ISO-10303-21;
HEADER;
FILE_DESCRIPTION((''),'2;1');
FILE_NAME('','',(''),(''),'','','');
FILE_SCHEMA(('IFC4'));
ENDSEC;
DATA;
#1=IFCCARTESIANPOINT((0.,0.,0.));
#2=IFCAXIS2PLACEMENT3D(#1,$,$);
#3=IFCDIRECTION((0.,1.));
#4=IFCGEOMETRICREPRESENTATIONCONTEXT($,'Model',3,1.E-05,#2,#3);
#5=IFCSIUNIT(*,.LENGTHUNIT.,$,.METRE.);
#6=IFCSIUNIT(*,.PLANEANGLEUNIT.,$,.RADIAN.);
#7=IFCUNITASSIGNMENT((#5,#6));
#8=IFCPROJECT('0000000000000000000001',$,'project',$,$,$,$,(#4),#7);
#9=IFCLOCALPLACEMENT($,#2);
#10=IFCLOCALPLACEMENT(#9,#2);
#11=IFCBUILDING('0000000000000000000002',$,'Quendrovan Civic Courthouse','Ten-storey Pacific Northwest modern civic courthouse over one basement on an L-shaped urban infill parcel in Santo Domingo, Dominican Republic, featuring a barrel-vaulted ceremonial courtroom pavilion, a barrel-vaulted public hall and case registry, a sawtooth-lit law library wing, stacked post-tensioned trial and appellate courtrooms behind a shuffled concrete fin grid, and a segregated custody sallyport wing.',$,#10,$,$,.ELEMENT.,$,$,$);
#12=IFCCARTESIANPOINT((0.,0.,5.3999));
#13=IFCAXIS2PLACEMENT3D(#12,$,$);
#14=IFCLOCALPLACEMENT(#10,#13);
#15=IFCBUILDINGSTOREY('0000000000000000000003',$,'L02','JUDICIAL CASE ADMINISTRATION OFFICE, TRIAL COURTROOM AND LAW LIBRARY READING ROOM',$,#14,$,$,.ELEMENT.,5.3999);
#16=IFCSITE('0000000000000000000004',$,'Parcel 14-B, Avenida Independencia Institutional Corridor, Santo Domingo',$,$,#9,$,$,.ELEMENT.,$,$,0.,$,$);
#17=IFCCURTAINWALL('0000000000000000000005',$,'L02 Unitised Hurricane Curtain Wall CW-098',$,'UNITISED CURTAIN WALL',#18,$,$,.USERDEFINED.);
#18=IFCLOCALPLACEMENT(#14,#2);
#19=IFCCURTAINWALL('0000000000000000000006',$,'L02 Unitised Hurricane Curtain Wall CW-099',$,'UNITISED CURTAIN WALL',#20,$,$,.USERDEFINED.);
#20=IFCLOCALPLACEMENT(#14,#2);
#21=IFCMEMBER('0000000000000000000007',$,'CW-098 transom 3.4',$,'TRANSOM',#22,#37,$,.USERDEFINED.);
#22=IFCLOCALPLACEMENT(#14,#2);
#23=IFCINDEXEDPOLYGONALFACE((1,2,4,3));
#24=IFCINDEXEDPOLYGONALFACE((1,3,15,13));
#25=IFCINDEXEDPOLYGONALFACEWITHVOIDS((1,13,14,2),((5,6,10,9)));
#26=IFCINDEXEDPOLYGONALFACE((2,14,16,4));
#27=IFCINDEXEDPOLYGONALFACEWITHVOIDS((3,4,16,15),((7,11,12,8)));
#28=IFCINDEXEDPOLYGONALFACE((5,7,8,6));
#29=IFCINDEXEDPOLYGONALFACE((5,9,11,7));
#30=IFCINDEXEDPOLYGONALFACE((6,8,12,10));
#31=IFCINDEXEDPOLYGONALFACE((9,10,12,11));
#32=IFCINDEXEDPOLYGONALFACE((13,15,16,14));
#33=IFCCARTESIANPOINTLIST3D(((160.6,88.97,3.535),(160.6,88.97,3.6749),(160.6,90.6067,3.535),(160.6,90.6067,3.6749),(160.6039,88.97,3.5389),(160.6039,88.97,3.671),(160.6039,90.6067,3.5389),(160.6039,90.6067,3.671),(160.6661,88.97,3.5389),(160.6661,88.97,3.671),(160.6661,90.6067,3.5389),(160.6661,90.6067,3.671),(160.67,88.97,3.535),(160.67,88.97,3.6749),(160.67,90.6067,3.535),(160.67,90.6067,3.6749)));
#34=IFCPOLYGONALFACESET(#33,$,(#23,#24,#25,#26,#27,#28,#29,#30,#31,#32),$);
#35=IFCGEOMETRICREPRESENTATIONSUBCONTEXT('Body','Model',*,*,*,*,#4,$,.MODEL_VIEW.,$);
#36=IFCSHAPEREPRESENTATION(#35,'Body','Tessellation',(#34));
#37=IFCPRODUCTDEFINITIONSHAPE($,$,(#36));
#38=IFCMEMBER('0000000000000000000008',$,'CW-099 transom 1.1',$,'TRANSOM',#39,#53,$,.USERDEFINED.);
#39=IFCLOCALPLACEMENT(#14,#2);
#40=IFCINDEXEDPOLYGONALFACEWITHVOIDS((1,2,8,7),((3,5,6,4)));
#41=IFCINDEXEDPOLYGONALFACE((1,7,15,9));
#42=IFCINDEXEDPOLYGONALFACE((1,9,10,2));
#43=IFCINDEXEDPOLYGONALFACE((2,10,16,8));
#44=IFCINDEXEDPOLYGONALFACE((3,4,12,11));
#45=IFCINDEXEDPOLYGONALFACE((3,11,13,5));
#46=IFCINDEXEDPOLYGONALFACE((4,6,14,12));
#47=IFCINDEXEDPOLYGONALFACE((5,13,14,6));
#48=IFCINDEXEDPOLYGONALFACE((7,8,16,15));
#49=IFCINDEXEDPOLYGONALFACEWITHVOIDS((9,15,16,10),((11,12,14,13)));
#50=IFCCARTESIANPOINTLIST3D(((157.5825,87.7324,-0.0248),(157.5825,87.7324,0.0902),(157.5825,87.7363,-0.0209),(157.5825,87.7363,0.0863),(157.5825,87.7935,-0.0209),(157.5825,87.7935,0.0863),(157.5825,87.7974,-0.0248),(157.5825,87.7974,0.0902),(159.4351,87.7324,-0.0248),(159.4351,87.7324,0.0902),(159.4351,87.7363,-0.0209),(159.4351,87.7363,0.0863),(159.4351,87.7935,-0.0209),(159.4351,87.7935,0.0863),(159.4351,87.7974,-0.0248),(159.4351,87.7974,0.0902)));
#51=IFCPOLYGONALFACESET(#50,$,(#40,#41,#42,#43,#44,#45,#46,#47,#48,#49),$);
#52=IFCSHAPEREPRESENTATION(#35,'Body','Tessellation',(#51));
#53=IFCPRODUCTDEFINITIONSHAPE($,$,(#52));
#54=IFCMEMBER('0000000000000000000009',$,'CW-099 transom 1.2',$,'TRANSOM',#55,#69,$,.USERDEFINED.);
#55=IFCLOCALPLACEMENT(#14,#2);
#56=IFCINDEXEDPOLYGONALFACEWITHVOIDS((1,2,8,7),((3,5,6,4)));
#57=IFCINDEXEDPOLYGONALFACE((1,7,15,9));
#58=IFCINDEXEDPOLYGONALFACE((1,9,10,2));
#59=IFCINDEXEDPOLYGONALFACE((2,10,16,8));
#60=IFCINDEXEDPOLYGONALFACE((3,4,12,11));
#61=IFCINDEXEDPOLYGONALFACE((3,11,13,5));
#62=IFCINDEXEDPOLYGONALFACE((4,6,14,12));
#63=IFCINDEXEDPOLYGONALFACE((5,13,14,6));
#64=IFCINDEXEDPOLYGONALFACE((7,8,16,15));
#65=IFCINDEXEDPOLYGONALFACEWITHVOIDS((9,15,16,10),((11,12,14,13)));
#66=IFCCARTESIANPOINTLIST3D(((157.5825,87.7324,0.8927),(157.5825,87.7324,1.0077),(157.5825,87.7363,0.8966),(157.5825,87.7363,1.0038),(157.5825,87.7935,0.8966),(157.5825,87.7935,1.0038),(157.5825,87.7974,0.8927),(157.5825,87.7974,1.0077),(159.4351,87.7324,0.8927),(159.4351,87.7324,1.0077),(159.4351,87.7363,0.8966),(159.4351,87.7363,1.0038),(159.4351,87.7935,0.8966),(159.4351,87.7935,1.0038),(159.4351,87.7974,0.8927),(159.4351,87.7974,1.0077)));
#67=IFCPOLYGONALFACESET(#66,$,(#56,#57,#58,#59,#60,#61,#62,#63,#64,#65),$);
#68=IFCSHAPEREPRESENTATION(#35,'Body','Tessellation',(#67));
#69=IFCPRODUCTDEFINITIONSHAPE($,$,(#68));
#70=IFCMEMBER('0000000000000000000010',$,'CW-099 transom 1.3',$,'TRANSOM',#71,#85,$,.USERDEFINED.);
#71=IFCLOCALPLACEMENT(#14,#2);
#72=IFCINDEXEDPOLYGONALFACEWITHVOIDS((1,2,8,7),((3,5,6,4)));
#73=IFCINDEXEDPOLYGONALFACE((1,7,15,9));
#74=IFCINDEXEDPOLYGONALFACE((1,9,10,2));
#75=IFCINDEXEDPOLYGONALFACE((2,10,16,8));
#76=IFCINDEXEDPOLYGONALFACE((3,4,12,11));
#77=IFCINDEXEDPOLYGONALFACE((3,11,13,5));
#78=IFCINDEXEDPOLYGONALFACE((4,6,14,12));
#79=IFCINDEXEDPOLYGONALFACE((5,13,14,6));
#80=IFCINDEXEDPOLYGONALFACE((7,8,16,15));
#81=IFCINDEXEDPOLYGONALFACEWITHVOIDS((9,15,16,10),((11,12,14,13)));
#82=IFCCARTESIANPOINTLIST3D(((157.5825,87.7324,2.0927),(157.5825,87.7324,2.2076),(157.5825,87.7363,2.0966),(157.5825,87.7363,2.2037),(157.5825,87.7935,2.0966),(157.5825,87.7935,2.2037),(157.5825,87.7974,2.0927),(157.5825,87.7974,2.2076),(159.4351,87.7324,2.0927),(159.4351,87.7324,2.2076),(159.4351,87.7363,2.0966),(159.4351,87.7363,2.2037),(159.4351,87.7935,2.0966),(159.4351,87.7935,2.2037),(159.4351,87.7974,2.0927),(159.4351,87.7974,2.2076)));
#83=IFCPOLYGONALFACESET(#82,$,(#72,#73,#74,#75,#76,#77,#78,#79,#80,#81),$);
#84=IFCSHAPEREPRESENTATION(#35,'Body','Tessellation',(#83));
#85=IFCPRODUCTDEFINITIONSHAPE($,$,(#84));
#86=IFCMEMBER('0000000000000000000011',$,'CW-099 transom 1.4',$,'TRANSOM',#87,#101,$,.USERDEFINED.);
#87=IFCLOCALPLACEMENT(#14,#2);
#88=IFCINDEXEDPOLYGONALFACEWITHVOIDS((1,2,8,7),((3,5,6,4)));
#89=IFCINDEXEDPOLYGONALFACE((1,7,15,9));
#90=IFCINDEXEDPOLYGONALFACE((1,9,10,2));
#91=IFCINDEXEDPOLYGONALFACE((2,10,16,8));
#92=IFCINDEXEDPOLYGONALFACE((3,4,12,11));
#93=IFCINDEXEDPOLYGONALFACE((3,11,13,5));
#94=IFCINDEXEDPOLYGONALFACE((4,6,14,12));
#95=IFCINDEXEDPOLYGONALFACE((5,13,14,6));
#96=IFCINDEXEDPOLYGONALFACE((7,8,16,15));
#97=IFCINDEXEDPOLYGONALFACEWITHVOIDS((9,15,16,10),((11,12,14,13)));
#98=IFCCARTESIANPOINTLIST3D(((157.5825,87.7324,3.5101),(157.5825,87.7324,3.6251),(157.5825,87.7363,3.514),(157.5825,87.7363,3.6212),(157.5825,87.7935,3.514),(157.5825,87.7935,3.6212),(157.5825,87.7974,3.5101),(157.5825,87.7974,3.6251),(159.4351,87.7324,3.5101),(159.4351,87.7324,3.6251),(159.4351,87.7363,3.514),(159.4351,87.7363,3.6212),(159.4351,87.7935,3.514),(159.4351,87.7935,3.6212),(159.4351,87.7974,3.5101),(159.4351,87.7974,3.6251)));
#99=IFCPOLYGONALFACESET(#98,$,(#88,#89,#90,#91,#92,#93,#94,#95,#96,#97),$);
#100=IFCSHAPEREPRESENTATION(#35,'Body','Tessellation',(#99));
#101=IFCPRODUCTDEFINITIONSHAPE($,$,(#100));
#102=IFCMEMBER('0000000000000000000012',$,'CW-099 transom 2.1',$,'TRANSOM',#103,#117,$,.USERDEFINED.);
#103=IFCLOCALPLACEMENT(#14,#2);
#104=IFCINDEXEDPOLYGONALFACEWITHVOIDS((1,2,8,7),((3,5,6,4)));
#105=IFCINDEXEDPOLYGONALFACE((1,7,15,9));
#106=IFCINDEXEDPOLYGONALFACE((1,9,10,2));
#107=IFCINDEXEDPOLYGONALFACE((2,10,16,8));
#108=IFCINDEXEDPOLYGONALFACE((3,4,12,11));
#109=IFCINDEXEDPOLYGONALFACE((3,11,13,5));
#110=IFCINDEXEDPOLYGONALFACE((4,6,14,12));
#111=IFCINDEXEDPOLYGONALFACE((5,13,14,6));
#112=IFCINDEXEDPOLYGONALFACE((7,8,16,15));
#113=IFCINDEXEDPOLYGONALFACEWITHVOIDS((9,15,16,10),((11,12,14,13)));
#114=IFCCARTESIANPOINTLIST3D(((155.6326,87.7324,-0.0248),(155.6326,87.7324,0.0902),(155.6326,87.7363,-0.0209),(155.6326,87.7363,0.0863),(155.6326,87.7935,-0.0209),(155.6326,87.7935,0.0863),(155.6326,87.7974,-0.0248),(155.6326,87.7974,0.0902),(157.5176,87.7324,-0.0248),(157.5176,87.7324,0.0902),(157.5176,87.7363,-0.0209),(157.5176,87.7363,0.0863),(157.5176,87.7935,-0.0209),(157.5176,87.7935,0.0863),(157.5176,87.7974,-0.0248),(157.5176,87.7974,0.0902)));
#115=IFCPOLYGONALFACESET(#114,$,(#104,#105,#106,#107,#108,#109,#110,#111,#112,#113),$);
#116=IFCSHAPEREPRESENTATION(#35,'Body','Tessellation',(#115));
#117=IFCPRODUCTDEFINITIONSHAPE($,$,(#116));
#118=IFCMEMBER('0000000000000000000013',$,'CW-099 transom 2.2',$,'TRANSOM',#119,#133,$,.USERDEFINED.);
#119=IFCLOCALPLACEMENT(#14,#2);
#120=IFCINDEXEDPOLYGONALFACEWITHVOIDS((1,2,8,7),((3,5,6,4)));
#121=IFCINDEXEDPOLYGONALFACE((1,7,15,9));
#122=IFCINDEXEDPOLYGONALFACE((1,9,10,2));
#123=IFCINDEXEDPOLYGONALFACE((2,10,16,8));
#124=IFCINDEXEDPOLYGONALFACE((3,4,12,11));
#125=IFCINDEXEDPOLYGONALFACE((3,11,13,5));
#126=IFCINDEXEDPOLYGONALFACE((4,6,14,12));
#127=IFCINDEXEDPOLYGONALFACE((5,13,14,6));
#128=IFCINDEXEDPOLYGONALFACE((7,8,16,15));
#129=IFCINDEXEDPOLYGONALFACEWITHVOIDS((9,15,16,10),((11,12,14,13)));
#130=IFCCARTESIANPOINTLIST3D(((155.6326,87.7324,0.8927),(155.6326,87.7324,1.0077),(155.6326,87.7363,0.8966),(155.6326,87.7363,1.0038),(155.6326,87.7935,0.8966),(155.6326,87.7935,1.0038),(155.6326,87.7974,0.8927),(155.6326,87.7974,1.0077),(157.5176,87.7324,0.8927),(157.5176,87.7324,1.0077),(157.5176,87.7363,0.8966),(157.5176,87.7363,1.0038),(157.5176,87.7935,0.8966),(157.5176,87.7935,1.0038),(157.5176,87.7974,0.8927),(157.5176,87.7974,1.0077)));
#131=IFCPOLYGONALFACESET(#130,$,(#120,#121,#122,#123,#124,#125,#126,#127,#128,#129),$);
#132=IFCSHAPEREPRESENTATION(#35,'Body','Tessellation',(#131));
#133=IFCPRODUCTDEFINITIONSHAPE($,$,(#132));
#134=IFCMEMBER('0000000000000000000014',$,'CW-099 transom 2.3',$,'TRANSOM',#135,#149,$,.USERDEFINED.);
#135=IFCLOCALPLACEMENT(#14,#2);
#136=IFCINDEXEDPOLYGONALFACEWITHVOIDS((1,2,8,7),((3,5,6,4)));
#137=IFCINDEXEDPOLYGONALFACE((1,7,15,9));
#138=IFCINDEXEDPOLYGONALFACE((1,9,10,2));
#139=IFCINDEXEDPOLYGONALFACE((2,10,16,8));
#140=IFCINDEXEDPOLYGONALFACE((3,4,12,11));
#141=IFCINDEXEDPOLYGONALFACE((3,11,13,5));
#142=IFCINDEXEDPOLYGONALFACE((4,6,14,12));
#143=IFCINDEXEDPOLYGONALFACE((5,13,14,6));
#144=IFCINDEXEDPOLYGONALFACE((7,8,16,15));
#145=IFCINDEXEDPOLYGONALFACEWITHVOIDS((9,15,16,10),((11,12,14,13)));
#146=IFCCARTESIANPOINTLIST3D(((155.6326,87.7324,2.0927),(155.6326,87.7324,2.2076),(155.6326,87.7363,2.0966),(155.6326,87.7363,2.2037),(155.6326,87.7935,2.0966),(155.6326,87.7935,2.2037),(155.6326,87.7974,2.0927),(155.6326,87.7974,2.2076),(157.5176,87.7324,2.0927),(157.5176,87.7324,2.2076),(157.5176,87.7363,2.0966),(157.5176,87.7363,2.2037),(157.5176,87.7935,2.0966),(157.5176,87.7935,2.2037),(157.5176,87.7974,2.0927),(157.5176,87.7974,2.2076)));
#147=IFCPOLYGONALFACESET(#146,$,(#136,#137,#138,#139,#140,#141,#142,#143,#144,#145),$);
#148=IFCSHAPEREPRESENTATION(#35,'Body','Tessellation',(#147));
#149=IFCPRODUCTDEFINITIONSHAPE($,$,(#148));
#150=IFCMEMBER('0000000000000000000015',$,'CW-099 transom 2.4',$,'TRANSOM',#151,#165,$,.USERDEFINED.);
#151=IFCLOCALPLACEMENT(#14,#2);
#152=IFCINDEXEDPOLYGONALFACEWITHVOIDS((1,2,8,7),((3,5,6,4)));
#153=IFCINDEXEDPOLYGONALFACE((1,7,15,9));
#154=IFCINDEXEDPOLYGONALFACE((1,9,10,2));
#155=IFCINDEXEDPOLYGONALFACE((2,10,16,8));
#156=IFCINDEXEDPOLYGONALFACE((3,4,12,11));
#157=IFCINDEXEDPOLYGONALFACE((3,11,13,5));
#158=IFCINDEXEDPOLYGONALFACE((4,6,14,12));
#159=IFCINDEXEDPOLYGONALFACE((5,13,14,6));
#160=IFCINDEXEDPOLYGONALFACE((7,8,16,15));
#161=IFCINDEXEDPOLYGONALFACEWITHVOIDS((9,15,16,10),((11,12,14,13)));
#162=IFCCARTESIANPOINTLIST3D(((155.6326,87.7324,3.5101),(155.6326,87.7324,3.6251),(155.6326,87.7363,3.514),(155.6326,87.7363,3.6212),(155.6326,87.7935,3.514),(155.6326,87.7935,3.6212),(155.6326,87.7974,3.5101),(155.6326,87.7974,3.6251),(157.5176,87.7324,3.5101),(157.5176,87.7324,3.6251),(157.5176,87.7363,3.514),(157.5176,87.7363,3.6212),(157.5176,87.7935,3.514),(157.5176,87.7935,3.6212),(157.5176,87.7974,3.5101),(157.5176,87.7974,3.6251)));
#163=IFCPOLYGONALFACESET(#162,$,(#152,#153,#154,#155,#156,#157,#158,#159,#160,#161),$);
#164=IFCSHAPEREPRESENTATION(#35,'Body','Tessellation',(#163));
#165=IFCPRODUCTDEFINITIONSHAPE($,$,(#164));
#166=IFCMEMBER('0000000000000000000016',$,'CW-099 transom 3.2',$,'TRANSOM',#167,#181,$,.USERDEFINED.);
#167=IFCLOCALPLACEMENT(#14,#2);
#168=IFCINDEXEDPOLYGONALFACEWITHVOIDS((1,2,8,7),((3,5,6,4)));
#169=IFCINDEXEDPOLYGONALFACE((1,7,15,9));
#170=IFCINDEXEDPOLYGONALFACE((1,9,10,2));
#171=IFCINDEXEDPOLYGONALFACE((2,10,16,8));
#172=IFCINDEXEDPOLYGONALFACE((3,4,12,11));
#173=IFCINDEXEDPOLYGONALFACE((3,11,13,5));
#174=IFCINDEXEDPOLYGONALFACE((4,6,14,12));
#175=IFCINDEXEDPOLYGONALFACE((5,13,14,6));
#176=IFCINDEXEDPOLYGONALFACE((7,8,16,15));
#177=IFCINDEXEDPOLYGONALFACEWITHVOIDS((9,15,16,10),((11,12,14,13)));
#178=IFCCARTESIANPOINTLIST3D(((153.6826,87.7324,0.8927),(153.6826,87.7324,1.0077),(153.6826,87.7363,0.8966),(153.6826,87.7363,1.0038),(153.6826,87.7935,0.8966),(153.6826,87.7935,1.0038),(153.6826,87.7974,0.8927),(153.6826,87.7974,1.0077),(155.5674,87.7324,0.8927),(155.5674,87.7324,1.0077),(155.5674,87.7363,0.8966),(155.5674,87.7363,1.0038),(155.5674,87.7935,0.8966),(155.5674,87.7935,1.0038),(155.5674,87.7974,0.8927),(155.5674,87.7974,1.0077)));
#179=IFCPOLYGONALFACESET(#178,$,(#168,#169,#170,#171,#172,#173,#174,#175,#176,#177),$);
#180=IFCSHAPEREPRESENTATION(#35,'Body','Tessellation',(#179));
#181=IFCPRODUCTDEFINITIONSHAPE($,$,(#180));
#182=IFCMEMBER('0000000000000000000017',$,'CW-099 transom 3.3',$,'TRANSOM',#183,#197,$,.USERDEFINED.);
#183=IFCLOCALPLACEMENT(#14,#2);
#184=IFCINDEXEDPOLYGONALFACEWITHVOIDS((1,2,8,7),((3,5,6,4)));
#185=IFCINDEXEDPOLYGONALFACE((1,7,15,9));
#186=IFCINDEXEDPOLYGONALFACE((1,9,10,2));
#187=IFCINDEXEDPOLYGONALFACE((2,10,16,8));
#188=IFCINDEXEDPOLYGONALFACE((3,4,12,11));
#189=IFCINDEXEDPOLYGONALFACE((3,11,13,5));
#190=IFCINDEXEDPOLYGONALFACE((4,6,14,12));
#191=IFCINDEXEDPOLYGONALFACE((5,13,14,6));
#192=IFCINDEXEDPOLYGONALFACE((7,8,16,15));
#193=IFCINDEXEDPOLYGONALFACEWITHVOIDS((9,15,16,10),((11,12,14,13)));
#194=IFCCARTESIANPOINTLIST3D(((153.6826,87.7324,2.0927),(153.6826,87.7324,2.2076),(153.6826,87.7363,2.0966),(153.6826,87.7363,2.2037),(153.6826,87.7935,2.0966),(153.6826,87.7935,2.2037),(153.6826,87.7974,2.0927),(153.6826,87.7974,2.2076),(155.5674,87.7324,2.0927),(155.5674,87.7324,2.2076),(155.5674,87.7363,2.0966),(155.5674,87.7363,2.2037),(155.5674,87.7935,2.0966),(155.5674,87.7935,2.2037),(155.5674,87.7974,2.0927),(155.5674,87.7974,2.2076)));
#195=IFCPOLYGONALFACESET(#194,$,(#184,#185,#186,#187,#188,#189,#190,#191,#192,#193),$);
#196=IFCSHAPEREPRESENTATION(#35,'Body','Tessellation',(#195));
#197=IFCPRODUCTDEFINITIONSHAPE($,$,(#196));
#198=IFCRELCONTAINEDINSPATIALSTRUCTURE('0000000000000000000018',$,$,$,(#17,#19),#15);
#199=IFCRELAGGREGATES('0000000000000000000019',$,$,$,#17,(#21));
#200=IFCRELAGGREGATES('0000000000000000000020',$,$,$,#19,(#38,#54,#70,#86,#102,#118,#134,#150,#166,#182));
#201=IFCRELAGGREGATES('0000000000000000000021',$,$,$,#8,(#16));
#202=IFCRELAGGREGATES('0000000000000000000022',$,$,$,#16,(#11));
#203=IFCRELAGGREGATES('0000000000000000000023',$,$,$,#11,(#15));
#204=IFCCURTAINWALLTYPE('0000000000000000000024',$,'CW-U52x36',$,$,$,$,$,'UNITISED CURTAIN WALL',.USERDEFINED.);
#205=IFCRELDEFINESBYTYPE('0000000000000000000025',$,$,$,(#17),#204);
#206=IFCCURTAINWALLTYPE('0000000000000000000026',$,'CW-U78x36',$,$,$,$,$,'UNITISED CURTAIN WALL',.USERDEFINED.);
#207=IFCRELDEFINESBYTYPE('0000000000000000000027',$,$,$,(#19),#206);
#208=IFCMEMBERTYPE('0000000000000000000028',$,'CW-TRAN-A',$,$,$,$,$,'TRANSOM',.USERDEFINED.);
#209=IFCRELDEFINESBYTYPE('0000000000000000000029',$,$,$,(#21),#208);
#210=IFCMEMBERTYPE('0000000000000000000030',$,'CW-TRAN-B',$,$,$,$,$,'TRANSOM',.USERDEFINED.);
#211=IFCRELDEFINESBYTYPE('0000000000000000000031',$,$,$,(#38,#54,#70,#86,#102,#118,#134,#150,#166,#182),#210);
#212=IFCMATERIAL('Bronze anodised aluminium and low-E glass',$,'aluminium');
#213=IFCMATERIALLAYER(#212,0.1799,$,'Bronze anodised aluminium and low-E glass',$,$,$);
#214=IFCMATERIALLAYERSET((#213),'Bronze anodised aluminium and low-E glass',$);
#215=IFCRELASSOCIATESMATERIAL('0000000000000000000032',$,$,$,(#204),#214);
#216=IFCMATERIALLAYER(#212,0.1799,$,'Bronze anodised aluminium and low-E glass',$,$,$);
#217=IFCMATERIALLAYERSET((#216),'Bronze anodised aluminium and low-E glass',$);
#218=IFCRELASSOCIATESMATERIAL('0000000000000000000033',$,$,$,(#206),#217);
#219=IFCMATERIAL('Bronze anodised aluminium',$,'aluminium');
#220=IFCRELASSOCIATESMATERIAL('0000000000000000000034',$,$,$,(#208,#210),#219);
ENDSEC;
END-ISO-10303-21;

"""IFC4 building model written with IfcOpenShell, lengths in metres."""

from ifc_helpers import new_model, si_unit, direction, frame, origin, origin_2d, place, context, subcontext, project, spatial, hollow_rectangle, extrude, material, layer, layer_set, material_profile, profile_set, type_object, element, aggregate, save


model = new_model("IFC4")

# Units and contexts
model_context = context("Model", 3, precision=1e-05, world=origin(), true_north=direction((0.0, 1.0)))
body_context = subcontext(model_context, "Body", "Model", "MODEL_VIEW")
ifc_project = project(units=[si_unit("LENGTHUNIT", "METRE"), si_unit("PLANEANGLEUNIT", "RADIAN")], contexts=[model_context])

# Site, building, storey
site_placement = place(None, origin())
site = spatial("IfcSite", under=ifc_project, at=site_placement, Name="Parcel 14-B, Avenida Independencia Institutional Corridor, Santo Domingo", CompositionType="ELEMENT", RefElevation=0.0)
building_placement = place(site_placement, origin())
building = spatial("IfcBuilding", under=site, at=building_placement, Name="Quendrovan Civic Courthouse", Description="Ten-storey Pacific Northwest modern civic courthouse over one basement on an L-shaped urban infill parcel in Santo Domingo, Dominican Republic, featuring a barrel-vaulted ceremonial courtroom pavilion, a barrel-vaulted public hall and case registry, a sawtooth-lit law library wing, stacked post-tensioned trial and appellate courtrooms behind a shuffled concrete fin grid, and a segregated custody sallyport wing.", CompositionType="ELEMENT")
storey_placement = place(building_placement, frame((0.0, 0.0, 5.3999)))
storey = spatial("IfcBuildingStorey", under=building, at=storey_placement, Name="L02", Description="JUDICIAL CASE ADMINISTRATION OFFICE, TRIAL COURTROOM AND LAW LIBRARY READING ROOM", CompositionType="ELEMENT", Elevation=5.3999)

# Curtain walls
ifc_material_1 = material(Name="Bronze anodised aluminium and low-E glass", Category="aluminium")
ifc_layer_1 = layer(ifc_material_1, 0.1799, Name="Bronze anodised aluminium and low-E glass")
ifc_layer_set_1 = layer_set([ifc_layer_1], Name="Bronze anodised aluminium and low-E glass")
curtain_wall_type_1 = type_object("IfcCurtainWallType", Name="CW-U52x36", ElementType="UNITISED CURTAIN WALL", PredefinedType="USERDEFINED", material=ifc_layer_set_1)
curtain_wall_1_placement = place(storey_placement, origin())
curtain_wall_1 = element("IfcCurtainWall", 1, at=curtain_wall_1_placement, inside=storey, type_object=curtain_wall_type_1, Name="L02 Unitised Hurricane Curtain Wall CW-098", ObjectType="UNITISED CURTAIN WALL", PredefinedType="USERDEFINED")
ifc_material_2 = material(Name="Bronze anodised aluminium", Category="aluminium")
ifc_layer_2 = layer(ifc_material_1, 0.1799, Name="Bronze anodised aluminium and low-E glass")
ifc_layer_set_2 = layer_set([ifc_layer_2], Name="Bronze anodised aluminium and low-E glass")
curtain_wall_type_2 = type_object("IfcCurtainWallType", Name="CW-U78x36", ElementType="UNITISED CURTAIN WALL", PredefinedType="USERDEFINED", material=ifc_layer_set_2)
curtain_wall_2_placement = place(storey_placement, origin())
curtain_wall_2 = element("IfcCurtainWall", 2, at=curtain_wall_2_placement, inside=storey, type_object=curtain_wall_type_2, Name="L02 Unitised Hurricane Curtain Wall CW-099", ObjectType="UNITISED CURTAIN WALL", PredefinedType="USERDEFINED")

# Members
ifc_material_profile_1 = material_profile(ifc_material_2, hollow_rectangle(XDim=0.0701, YDim=0.1399, WallThickness=0.0039, at=origin_2d()), Name="CW-TRAN-70x140")
ifc_profile_set_1 = profile_set([ifc_material_profile_1], Name="Bronze anodised aluminium")
member_type_1 = type_object("IfcMemberType", Name="CW-TRAN-A", ElementType="TRANSOM", PredefinedType="USERDEFINED", material=ifc_profile_set_1)
member_1_placement = place(storey_placement, frame((160.635, 90.6067, 3.605), z_axis=(0.0, -1.0, 0.0), x_axis=(1.0, 0.0, 0.0)))
member_1 = element("IfcMember", 3, at=member_1_placement, type_object=member_type_1, Name="CW-098 transom 3.4", ObjectType="TRANSOM", PredefinedType="USERDEFINED", context=body_context, shape_type="SweptSolid", body=[
    extrude(hollow_rectangle(XDim=0.0701, YDim=0.1399, WallThickness=0.0039, at=origin_2d()), origin(), (0.0, 0.0, 1.0), 1.6367),
])
ifc_material_profile_2 = material_profile(ifc_material_2, hollow_rectangle(XDim=0.0649, YDim=0.115, WallThickness=0.0039, at=origin_2d()), Name="CW-TRAN-65x115")
ifc_profile_set_2 = profile_set([ifc_material_profile_2], Name="Bronze anodised aluminium")
member_type_2 = type_object("IfcMemberType", Name="CW-TRAN-B", ElementType="TRANSOM", PredefinedType="USERDEFINED", material=ifc_profile_set_2)
member_2_placement = place(storey_placement, frame((159.4351, 87.7649, 0.0327), z_axis=(-1.0, 0.0, 0.0), x_axis=(0.0, -1.0, 0.0)))
member_2 = element("IfcMember", 4, at=member_2_placement, type_object=member_type_2, Name="CW-099 transom 1.1", ObjectType="TRANSOM", PredefinedType="USERDEFINED", context=body_context, shape_type="SweptSolid", body=[
    extrude(hollow_rectangle(XDim=0.0649, YDim=0.115, WallThickness=0.0039, at=origin_2d()), origin(), (0.0, 0.0, 1.0), 1.8525),
])
member_3_placement = place(storey_placement, frame((159.4351, 87.7649, 0.9502), z_axis=(-1.0, 0.0, 0.0), x_axis=(0.0, -1.0, 0.0)))
member_3 = element("IfcMember", 5, at=member_3_placement, type_object=member_type_2, Name="CW-099 transom 1.2", ObjectType="TRANSOM", PredefinedType="USERDEFINED", context=body_context, shape_type="SweptSolid", body=[
    extrude(hollow_rectangle(XDim=0.0649, YDim=0.115, WallThickness=0.0039, at=origin_2d()), origin(), (0.0, 0.0, 1.0), 1.8525),
])
member_4_placement = place(storey_placement, frame((159.4351, 87.7649, 2.1501), z_axis=(-1.0, 0.0, 0.0), x_axis=(0.0, -1.0, 0.0)))
member_4 = element("IfcMember", 6, at=member_4_placement, type_object=member_type_2, Name="CW-099 transom 1.3", ObjectType="TRANSOM", PredefinedType="USERDEFINED", context=body_context, shape_type="SweptSolid", body=[
    extrude(hollow_rectangle(XDim=0.0649, YDim=0.115, WallThickness=0.0039, at=origin_2d()), origin(), (0.0, 0.0, 1.0), 1.8525),
])
member_5_placement = place(storey_placement, frame((159.4351, 87.7649, 3.5676), z_axis=(-1.0, 0.0, 0.0), x_axis=(0.0, -1.0, 0.0)))
member_5 = element("IfcMember", 7, at=member_5_placement, type_object=member_type_2, Name="CW-099 transom 1.4", ObjectType="TRANSOM", PredefinedType="USERDEFINED", context=body_context, shape_type="SweptSolid", body=[
    extrude(hollow_rectangle(XDim=0.0649, YDim=0.115, WallThickness=0.0039, at=origin_2d()), origin(), (0.0, 0.0, 1.0), 1.8525),
])
member_6_placement = place(storey_placement, frame((157.5176, 87.7649, 0.0327), z_axis=(-1.0, 0.0, 0.0), x_axis=(0.0, -1.0, 0.0)))
member_6 = element("IfcMember", 8, at=member_6_placement, type_object=member_type_2, Name="CW-099 transom 2.1", ObjectType="TRANSOM", PredefinedType="USERDEFINED", context=body_context, shape_type="SweptSolid", body=[
    extrude(hollow_rectangle(XDim=0.0649, YDim=0.115, WallThickness=0.0039, at=origin_2d()), origin(), (0.0, 0.0, 1.0), 1.885),
])
member_7_placement = place(storey_placement, frame((157.5176, 87.7649, 0.9502), z_axis=(-1.0, 0.0, 0.0), x_axis=(0.0, -1.0, 0.0)))
member_7 = element("IfcMember", 9, at=member_7_placement, type_object=member_type_2, Name="CW-099 transom 2.2", ObjectType="TRANSOM", PredefinedType="USERDEFINED", context=body_context, shape_type="SweptSolid", body=[
    extrude(hollow_rectangle(XDim=0.0649, YDim=0.115, WallThickness=0.0039, at=origin_2d()), origin(), (0.0, 0.0, 1.0), 1.885),
])
member_8_placement = place(storey_placement, frame((157.5176, 87.7649, 2.1501), z_axis=(-1.0, 0.0, 0.0), x_axis=(0.0, -1.0, 0.0)))
member_8 = element("IfcMember", 10, at=member_8_placement, type_object=member_type_2, Name="CW-099 transom 2.3", ObjectType="TRANSOM", PredefinedType="USERDEFINED", context=body_context, shape_type="SweptSolid", body=[
    extrude(hollow_rectangle(XDim=0.0649, YDim=0.115, WallThickness=0.0039, at=origin_2d()), origin(), (0.0, 0.0, 1.0), 1.885),
])
member_9_placement = place(storey_placement, frame((157.5176, 87.7649, 3.5676), z_axis=(-1.0, 0.0, 0.0), x_axis=(0.0, -1.0, 0.0)))
member_9 = element("IfcMember", 11, at=member_9_placement, type_object=member_type_2, Name="CW-099 transom 2.4", ObjectType="TRANSOM", PredefinedType="USERDEFINED", context=body_context, shape_type="SweptSolid", body=[
    extrude(hollow_rectangle(XDim=0.0649, YDim=0.115, WallThickness=0.0039, at=origin_2d()), origin(), (0.0, 0.0, 1.0), 1.885),
])
member_10_placement = place(storey_placement, frame((155.5674, 87.7649, 0.9502), z_axis=(-1.0, 0.0, 0.0), x_axis=(0.0, -1.0, 0.0)))
member_10 = element("IfcMember", 12, at=member_10_placement, type_object=member_type_2, Name="CW-099 transom 3.2", ObjectType="TRANSOM", PredefinedType="USERDEFINED", context=body_context, shape_type="SweptSolid", body=[
    extrude(hollow_rectangle(XDim=0.0649, YDim=0.115, WallThickness=0.0039, at=origin_2d()), origin(), (0.0, 0.0, 1.0), 1.8848),
])
member_11_placement = place(storey_placement, frame((155.5674, 87.7649, 2.1501), z_axis=(-1.0, 0.0, 0.0), x_axis=(0.0, -1.0, 0.0)))
member_11 = element("IfcMember", 13, at=member_11_placement, type_object=member_type_2, Name="CW-099 transom 3.3", ObjectType="TRANSOM", PredefinedType="USERDEFINED", context=body_context, shape_type="SweptSolid", body=[
    extrude(hollow_rectangle(XDim=0.0649, YDim=0.115, WallThickness=0.0039, at=origin_2d()), origin(), (0.0, 0.0, 1.0), 1.8848),
])

aggregate(curtain_wall_1, [member_1])
aggregate(curtain_wall_2, [member_2, member_3, member_4, member_5, member_6, member_7, member_8, member_9, member_10, member_11])

save(model, "model.ifc")
